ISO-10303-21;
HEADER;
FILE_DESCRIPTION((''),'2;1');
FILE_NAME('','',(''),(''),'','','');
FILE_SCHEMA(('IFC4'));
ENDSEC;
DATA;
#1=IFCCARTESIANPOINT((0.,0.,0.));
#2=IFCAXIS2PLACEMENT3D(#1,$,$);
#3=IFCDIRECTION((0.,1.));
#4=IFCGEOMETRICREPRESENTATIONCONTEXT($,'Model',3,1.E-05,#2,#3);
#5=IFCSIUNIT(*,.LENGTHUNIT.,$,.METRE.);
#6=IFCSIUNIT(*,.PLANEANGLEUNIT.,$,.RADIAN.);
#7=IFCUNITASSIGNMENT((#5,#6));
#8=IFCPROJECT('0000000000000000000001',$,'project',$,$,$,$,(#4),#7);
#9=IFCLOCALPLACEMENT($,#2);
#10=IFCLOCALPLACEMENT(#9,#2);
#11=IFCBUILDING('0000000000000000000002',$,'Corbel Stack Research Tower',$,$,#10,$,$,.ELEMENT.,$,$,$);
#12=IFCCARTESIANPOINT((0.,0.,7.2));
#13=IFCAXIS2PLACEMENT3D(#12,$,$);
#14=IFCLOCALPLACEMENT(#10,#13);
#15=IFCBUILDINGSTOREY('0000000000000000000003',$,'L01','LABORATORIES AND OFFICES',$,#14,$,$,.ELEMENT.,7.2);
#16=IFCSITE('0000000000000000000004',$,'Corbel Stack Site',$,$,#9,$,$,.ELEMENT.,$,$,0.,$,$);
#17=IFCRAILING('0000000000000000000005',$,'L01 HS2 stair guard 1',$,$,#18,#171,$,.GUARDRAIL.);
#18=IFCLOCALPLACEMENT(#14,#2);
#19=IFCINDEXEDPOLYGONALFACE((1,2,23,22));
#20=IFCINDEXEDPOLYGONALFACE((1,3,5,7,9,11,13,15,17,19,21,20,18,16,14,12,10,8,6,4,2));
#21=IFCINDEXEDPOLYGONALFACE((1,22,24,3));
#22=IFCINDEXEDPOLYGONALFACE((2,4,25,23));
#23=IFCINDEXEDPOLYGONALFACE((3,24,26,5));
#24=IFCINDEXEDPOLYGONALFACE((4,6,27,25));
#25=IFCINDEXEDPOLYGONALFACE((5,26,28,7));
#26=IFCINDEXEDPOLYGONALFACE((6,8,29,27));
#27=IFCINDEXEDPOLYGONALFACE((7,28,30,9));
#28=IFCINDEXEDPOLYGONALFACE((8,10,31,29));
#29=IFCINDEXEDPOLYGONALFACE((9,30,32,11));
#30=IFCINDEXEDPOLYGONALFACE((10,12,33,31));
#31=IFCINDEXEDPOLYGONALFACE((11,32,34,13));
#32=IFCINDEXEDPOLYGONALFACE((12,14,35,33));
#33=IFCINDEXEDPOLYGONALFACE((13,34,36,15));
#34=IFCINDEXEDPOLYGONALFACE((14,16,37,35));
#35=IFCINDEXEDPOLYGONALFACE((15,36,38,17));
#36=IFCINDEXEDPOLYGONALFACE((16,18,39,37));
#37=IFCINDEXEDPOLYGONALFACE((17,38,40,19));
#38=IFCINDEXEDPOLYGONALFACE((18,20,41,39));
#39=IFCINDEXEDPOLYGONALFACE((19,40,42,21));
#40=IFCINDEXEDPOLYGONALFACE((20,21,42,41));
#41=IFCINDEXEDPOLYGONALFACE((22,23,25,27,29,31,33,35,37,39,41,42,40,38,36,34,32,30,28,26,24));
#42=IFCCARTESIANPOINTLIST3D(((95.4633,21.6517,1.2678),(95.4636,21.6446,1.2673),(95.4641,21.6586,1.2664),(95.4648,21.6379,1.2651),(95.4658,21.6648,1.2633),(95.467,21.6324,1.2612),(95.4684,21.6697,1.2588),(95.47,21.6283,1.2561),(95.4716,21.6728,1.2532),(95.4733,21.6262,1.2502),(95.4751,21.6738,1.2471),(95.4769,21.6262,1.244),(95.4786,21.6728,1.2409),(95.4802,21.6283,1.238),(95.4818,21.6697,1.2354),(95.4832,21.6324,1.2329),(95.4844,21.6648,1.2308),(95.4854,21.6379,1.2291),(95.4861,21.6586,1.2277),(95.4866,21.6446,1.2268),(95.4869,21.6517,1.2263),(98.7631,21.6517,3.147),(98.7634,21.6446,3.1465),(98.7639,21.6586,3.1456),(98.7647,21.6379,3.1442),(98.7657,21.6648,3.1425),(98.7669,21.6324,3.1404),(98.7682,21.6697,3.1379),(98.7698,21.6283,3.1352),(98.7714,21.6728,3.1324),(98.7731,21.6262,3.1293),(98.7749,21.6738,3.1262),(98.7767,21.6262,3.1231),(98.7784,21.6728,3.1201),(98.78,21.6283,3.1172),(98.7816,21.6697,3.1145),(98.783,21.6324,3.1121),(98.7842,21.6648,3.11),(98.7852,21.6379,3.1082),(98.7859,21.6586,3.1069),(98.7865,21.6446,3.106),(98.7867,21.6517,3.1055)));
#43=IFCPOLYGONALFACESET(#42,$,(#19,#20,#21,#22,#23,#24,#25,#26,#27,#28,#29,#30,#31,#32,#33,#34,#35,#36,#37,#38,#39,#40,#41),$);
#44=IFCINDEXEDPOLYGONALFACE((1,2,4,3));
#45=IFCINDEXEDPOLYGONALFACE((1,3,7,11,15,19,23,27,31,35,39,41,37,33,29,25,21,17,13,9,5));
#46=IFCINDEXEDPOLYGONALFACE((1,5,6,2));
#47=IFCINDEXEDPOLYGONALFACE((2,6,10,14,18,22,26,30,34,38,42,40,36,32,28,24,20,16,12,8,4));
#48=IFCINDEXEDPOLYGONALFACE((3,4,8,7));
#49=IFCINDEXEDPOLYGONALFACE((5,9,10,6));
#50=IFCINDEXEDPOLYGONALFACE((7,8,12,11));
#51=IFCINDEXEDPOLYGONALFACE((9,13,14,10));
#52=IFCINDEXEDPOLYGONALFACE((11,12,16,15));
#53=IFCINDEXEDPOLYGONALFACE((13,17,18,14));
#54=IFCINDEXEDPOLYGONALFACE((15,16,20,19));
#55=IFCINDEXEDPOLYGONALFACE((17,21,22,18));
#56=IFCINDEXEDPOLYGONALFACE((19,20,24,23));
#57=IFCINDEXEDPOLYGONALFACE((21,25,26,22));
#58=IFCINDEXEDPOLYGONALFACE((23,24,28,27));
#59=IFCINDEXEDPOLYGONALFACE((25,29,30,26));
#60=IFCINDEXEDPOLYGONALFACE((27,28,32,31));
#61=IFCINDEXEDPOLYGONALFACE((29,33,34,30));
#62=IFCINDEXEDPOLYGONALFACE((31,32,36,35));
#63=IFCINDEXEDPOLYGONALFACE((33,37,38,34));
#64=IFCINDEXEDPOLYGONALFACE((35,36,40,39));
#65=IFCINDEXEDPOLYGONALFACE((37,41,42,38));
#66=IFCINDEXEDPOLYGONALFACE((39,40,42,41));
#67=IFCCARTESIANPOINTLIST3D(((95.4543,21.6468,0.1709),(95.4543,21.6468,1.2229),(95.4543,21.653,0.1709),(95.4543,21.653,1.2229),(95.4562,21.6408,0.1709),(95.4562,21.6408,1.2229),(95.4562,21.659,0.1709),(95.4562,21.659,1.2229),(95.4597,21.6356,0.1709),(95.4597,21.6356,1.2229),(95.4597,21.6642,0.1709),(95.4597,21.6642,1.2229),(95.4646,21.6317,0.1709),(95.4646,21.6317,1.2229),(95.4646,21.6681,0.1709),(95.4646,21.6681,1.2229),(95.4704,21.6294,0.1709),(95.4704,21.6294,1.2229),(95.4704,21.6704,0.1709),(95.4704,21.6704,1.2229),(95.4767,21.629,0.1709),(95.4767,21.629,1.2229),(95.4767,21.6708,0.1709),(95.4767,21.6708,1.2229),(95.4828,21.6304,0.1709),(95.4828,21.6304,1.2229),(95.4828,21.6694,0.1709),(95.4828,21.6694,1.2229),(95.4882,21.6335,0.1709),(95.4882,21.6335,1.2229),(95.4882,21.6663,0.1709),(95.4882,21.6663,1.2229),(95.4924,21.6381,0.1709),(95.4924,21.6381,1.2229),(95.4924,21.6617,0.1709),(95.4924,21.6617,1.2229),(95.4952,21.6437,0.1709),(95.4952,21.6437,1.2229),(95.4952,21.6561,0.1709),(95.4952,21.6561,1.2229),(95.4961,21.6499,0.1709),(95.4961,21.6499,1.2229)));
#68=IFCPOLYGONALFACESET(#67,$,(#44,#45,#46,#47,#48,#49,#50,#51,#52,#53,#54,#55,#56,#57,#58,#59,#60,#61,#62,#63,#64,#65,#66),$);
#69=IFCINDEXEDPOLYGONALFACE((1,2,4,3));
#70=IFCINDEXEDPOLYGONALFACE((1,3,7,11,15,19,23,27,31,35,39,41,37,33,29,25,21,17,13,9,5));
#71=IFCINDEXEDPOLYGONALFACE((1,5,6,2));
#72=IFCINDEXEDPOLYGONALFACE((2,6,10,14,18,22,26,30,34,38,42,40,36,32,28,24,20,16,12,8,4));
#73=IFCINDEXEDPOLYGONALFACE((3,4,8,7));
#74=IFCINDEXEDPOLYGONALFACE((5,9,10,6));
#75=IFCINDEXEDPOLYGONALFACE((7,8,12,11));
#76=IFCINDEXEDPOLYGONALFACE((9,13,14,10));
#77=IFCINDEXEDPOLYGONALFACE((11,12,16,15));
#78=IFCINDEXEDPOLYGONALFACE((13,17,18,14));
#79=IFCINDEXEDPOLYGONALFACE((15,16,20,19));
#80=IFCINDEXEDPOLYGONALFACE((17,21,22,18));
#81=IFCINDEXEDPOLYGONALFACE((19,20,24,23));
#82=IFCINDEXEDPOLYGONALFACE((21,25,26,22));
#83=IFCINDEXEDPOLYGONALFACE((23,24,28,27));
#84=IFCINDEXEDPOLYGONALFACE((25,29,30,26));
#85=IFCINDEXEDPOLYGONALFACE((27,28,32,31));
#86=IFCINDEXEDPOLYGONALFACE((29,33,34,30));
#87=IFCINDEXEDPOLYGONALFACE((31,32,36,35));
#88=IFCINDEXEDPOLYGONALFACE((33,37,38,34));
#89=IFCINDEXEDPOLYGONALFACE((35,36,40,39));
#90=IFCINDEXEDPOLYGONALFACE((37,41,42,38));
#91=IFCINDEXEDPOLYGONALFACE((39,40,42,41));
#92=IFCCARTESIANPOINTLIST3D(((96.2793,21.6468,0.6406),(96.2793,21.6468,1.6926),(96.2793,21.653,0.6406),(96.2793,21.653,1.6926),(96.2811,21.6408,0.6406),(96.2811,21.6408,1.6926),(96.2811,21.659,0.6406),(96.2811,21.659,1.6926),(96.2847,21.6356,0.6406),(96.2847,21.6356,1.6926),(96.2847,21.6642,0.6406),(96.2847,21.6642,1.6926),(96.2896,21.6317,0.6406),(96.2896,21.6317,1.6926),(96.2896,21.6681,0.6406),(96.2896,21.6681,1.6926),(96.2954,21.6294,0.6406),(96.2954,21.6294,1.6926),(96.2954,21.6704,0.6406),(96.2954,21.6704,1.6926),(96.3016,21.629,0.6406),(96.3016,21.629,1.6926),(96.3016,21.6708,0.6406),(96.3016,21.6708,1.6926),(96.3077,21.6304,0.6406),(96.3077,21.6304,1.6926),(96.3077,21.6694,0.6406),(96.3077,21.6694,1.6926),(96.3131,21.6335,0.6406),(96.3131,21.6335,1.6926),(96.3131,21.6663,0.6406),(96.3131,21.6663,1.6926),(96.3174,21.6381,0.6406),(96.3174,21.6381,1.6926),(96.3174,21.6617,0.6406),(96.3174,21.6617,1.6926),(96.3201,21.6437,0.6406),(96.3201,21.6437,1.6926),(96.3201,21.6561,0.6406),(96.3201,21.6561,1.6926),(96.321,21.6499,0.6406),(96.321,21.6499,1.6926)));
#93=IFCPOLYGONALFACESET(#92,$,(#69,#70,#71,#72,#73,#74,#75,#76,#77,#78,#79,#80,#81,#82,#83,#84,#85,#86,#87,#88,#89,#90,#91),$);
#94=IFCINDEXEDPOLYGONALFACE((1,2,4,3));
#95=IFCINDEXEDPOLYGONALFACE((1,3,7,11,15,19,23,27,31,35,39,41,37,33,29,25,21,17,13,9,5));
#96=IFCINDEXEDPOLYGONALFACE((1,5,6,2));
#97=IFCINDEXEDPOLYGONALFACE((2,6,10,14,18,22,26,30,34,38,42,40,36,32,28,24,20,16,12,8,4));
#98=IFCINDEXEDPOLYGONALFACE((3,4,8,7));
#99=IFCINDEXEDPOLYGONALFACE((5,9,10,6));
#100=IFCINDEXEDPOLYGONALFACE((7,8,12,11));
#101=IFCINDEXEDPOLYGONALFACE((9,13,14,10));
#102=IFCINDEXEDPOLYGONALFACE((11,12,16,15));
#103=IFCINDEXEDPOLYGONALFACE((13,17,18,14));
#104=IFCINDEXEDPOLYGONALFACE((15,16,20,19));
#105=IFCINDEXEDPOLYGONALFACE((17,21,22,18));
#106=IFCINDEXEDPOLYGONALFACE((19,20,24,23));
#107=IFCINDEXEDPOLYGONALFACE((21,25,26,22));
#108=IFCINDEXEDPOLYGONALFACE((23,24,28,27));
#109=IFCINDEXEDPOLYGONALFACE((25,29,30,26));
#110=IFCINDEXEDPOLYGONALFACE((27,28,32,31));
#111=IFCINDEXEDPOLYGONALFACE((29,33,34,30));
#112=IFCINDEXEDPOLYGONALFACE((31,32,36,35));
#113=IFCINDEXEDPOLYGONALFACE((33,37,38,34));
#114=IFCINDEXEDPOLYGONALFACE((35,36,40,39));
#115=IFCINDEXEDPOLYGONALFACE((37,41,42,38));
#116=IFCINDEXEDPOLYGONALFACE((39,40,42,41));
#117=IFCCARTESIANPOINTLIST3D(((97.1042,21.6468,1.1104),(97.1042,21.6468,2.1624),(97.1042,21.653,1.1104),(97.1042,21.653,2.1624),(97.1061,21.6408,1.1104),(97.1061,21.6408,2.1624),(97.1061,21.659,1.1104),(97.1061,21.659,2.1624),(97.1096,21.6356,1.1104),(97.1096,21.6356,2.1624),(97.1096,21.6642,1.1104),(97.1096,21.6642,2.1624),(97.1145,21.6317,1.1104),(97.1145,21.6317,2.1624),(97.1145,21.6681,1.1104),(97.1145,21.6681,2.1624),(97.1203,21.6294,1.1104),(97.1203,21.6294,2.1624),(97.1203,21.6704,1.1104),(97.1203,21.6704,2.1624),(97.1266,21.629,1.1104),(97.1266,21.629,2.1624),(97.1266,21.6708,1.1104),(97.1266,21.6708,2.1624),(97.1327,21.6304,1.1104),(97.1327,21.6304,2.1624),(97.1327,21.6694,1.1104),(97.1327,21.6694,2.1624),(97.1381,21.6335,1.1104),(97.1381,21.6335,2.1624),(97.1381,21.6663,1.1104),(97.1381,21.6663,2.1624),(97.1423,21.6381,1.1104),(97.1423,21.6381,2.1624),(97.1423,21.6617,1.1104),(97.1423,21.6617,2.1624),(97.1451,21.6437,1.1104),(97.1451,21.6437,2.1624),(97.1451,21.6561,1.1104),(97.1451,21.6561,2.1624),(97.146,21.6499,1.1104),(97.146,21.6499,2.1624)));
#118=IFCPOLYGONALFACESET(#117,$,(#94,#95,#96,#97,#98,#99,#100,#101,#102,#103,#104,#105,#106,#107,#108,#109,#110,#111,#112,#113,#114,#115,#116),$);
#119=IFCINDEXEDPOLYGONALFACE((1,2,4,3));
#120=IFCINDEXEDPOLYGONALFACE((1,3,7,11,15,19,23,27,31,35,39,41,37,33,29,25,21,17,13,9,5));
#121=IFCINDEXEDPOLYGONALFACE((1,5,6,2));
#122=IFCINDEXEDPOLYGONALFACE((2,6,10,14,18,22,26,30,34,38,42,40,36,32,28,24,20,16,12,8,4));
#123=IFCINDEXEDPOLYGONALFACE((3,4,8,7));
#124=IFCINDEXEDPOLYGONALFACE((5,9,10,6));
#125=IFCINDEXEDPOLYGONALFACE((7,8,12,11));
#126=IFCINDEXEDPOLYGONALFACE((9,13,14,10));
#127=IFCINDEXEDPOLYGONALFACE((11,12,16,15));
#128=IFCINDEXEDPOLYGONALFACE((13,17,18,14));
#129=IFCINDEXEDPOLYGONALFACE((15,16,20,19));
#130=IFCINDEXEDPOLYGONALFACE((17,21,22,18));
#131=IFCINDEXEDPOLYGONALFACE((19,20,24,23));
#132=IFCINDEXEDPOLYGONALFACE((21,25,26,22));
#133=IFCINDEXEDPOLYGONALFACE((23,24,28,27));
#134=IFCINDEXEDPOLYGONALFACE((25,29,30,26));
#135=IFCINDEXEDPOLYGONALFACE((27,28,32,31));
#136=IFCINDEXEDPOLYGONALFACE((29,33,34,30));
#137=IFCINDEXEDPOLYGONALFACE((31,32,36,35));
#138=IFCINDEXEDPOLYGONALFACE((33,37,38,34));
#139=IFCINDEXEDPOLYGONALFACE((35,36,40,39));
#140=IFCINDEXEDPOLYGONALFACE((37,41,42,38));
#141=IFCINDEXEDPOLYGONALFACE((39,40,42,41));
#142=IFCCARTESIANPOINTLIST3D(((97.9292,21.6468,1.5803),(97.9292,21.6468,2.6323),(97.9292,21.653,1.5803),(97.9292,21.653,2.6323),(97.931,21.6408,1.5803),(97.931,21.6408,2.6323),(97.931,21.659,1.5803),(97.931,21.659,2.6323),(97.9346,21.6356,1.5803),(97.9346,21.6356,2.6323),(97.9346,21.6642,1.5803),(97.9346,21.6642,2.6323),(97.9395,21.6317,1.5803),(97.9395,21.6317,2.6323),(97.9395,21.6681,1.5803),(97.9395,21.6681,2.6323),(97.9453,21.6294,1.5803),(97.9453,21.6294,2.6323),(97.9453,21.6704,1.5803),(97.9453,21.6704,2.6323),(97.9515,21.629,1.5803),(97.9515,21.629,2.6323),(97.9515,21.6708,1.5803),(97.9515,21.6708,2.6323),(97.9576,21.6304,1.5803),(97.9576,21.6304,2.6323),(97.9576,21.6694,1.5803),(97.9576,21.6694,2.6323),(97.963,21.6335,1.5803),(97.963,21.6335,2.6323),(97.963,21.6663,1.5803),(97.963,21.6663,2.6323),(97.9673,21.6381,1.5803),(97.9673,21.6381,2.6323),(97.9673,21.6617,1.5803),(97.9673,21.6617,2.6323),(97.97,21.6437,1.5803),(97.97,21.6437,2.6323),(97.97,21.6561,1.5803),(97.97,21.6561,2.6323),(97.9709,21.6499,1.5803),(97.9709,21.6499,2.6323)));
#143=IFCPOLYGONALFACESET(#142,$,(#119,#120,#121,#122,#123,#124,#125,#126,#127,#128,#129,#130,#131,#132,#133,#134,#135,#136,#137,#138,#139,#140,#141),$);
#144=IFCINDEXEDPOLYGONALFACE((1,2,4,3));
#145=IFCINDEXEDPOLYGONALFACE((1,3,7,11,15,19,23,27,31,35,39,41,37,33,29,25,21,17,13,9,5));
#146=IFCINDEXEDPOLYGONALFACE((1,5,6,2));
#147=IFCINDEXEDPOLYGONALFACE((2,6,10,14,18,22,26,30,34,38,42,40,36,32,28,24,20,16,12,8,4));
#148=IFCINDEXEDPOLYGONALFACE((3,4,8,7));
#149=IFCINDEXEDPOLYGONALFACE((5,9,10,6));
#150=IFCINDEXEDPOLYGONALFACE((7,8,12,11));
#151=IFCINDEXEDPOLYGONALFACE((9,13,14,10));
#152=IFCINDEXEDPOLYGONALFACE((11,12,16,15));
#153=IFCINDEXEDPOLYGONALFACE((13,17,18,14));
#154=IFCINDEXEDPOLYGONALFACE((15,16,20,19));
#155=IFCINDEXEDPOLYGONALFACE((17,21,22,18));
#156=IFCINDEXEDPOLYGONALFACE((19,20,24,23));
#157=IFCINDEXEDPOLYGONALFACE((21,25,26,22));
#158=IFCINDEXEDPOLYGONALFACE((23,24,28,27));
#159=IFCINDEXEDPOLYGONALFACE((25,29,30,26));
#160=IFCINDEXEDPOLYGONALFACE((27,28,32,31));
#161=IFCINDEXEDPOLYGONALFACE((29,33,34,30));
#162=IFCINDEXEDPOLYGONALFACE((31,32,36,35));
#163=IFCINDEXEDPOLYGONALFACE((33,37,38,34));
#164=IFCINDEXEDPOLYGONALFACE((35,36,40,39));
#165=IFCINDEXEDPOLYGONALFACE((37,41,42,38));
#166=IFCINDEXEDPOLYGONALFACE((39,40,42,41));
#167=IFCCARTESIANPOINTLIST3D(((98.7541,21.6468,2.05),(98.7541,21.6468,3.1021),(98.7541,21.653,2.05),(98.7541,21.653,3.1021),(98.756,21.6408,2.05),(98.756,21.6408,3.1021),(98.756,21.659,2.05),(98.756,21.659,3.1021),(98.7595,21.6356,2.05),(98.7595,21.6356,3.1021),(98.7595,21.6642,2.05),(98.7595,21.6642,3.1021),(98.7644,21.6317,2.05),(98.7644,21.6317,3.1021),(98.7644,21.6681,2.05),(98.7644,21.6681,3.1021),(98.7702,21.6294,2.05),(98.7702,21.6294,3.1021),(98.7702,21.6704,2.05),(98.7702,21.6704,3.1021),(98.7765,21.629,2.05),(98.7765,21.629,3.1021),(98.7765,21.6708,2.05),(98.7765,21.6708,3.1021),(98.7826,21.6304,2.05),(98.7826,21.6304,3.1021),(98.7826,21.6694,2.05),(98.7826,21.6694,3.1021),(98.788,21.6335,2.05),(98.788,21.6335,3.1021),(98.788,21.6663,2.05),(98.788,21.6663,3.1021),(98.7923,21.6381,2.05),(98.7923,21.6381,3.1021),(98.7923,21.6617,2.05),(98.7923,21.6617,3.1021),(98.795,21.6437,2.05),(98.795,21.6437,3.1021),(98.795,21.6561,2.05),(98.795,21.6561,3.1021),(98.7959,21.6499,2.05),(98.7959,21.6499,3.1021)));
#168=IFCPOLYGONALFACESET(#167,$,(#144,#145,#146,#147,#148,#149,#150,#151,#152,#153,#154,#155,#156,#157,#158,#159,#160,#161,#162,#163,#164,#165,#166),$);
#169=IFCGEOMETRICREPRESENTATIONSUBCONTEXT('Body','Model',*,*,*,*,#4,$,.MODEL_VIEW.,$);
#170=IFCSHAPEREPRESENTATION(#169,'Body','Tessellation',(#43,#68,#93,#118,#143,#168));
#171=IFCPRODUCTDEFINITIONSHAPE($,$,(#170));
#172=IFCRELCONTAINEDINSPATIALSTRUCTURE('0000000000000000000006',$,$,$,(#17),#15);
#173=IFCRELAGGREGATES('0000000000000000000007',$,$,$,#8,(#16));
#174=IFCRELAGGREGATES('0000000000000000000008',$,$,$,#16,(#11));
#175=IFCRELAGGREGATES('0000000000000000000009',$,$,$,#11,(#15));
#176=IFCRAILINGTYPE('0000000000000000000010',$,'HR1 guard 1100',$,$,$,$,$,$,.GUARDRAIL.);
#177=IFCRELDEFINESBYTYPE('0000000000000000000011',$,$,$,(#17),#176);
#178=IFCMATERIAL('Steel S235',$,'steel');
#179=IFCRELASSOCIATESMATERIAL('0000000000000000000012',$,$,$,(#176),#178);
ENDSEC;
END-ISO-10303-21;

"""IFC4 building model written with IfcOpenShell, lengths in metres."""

from ifc_helpers import new_model, si_unit, direction, frame, origin, origin_2d, place, context, subcontext, project, spatial, circle, extrude, material, type_object, element, save


model = new_model("IFC4")

# Units and contexts
model_context = context("Model", 3, precision=1e-05, world=origin(), true_north=direction((0.0, 1.0)))
body_context = subcontext(model_context, "Body", "Model", "MODEL_VIEW")
ifc_project = project(units=[si_unit("LENGTHUNIT", "METRE"), si_unit("PLANEANGLEUNIT", "RADIAN")], contexts=[model_context])

# Site, building, storey
site_placement = place(None, origin())
site = spatial("IfcSite", under=ifc_project, at=site_placement, Name="Corbel Stack Site", CompositionType="ELEMENT", RefElevation=0.0)
building_placement = place(site_placement, origin())
building = spatial("IfcBuilding", under=site, at=building_placement, Name="Corbel Stack Research Tower", CompositionType="ELEMENT")
storey_placement = place(building_placement, frame((0.0, 0.0, 7.2)))
storey = spatial("IfcBuildingStorey", under=building, at=storey_placement, Name="L01", Description="LABORATORIES AND OFFICES", CompositionType="ELEMENT", Elevation=7.2)

# Railing
ifc_material_1 = material(Name="Steel S235", Category="steel")
railing_type_1 = type_object("IfcRailingType", Name="HR1 guard 1100", PredefinedType="GUARDRAIL", material=ifc_material_1)
railing_1_placement = place(storey_placement, frame((95.4751, 21.6499, 0.1709)))
element("IfcRailing", 1, at=railing_1_placement, inside=storey, type_object=railing_type_1, Name="L01 HS2 stair guard 1", PredefinedType="GUARDRAIL", context=body_context, shape_type="SweptSolid", body=[
    extrude(circle(Radius=0.0239, at=origin_2d()), frame((0.0, 0.0, 1.0762), z_axis=(0.868974, 0.0, 0.494857), x_axis=(0.0, 1.0, 0.0)), (0.0, 0.0, 1.0), 3.7974),
    extrude(circle(Radius=0.021, at=origin_2d()), origin(), (0.0, 0.0, 1.0), 1.052),
    extrude(circle(Radius=0.021, at=origin_2d()), frame((0.825, 0.0, 0.4697)), (0.0, 0.0, 1.0), 1.052),
    extrude(circle(Radius=0.021, at=origin_2d()), frame((1.6499, 0.0, 0.9395)), (0.0, 0.0, 1.0), 1.052),
    extrude(circle(Radius=0.021, at=origin_2d()), frame((2.4749, 0.0, 1.4094)), (0.0, 0.0, 1.0), 1.052),
    extrude(circle(Radius=0.021, at=origin_2d()), frame((3.2998, 0.0, 1.8792)), (0.0, 0.0, 1.0), 1.052),
])

save(model, "model.ifc")
